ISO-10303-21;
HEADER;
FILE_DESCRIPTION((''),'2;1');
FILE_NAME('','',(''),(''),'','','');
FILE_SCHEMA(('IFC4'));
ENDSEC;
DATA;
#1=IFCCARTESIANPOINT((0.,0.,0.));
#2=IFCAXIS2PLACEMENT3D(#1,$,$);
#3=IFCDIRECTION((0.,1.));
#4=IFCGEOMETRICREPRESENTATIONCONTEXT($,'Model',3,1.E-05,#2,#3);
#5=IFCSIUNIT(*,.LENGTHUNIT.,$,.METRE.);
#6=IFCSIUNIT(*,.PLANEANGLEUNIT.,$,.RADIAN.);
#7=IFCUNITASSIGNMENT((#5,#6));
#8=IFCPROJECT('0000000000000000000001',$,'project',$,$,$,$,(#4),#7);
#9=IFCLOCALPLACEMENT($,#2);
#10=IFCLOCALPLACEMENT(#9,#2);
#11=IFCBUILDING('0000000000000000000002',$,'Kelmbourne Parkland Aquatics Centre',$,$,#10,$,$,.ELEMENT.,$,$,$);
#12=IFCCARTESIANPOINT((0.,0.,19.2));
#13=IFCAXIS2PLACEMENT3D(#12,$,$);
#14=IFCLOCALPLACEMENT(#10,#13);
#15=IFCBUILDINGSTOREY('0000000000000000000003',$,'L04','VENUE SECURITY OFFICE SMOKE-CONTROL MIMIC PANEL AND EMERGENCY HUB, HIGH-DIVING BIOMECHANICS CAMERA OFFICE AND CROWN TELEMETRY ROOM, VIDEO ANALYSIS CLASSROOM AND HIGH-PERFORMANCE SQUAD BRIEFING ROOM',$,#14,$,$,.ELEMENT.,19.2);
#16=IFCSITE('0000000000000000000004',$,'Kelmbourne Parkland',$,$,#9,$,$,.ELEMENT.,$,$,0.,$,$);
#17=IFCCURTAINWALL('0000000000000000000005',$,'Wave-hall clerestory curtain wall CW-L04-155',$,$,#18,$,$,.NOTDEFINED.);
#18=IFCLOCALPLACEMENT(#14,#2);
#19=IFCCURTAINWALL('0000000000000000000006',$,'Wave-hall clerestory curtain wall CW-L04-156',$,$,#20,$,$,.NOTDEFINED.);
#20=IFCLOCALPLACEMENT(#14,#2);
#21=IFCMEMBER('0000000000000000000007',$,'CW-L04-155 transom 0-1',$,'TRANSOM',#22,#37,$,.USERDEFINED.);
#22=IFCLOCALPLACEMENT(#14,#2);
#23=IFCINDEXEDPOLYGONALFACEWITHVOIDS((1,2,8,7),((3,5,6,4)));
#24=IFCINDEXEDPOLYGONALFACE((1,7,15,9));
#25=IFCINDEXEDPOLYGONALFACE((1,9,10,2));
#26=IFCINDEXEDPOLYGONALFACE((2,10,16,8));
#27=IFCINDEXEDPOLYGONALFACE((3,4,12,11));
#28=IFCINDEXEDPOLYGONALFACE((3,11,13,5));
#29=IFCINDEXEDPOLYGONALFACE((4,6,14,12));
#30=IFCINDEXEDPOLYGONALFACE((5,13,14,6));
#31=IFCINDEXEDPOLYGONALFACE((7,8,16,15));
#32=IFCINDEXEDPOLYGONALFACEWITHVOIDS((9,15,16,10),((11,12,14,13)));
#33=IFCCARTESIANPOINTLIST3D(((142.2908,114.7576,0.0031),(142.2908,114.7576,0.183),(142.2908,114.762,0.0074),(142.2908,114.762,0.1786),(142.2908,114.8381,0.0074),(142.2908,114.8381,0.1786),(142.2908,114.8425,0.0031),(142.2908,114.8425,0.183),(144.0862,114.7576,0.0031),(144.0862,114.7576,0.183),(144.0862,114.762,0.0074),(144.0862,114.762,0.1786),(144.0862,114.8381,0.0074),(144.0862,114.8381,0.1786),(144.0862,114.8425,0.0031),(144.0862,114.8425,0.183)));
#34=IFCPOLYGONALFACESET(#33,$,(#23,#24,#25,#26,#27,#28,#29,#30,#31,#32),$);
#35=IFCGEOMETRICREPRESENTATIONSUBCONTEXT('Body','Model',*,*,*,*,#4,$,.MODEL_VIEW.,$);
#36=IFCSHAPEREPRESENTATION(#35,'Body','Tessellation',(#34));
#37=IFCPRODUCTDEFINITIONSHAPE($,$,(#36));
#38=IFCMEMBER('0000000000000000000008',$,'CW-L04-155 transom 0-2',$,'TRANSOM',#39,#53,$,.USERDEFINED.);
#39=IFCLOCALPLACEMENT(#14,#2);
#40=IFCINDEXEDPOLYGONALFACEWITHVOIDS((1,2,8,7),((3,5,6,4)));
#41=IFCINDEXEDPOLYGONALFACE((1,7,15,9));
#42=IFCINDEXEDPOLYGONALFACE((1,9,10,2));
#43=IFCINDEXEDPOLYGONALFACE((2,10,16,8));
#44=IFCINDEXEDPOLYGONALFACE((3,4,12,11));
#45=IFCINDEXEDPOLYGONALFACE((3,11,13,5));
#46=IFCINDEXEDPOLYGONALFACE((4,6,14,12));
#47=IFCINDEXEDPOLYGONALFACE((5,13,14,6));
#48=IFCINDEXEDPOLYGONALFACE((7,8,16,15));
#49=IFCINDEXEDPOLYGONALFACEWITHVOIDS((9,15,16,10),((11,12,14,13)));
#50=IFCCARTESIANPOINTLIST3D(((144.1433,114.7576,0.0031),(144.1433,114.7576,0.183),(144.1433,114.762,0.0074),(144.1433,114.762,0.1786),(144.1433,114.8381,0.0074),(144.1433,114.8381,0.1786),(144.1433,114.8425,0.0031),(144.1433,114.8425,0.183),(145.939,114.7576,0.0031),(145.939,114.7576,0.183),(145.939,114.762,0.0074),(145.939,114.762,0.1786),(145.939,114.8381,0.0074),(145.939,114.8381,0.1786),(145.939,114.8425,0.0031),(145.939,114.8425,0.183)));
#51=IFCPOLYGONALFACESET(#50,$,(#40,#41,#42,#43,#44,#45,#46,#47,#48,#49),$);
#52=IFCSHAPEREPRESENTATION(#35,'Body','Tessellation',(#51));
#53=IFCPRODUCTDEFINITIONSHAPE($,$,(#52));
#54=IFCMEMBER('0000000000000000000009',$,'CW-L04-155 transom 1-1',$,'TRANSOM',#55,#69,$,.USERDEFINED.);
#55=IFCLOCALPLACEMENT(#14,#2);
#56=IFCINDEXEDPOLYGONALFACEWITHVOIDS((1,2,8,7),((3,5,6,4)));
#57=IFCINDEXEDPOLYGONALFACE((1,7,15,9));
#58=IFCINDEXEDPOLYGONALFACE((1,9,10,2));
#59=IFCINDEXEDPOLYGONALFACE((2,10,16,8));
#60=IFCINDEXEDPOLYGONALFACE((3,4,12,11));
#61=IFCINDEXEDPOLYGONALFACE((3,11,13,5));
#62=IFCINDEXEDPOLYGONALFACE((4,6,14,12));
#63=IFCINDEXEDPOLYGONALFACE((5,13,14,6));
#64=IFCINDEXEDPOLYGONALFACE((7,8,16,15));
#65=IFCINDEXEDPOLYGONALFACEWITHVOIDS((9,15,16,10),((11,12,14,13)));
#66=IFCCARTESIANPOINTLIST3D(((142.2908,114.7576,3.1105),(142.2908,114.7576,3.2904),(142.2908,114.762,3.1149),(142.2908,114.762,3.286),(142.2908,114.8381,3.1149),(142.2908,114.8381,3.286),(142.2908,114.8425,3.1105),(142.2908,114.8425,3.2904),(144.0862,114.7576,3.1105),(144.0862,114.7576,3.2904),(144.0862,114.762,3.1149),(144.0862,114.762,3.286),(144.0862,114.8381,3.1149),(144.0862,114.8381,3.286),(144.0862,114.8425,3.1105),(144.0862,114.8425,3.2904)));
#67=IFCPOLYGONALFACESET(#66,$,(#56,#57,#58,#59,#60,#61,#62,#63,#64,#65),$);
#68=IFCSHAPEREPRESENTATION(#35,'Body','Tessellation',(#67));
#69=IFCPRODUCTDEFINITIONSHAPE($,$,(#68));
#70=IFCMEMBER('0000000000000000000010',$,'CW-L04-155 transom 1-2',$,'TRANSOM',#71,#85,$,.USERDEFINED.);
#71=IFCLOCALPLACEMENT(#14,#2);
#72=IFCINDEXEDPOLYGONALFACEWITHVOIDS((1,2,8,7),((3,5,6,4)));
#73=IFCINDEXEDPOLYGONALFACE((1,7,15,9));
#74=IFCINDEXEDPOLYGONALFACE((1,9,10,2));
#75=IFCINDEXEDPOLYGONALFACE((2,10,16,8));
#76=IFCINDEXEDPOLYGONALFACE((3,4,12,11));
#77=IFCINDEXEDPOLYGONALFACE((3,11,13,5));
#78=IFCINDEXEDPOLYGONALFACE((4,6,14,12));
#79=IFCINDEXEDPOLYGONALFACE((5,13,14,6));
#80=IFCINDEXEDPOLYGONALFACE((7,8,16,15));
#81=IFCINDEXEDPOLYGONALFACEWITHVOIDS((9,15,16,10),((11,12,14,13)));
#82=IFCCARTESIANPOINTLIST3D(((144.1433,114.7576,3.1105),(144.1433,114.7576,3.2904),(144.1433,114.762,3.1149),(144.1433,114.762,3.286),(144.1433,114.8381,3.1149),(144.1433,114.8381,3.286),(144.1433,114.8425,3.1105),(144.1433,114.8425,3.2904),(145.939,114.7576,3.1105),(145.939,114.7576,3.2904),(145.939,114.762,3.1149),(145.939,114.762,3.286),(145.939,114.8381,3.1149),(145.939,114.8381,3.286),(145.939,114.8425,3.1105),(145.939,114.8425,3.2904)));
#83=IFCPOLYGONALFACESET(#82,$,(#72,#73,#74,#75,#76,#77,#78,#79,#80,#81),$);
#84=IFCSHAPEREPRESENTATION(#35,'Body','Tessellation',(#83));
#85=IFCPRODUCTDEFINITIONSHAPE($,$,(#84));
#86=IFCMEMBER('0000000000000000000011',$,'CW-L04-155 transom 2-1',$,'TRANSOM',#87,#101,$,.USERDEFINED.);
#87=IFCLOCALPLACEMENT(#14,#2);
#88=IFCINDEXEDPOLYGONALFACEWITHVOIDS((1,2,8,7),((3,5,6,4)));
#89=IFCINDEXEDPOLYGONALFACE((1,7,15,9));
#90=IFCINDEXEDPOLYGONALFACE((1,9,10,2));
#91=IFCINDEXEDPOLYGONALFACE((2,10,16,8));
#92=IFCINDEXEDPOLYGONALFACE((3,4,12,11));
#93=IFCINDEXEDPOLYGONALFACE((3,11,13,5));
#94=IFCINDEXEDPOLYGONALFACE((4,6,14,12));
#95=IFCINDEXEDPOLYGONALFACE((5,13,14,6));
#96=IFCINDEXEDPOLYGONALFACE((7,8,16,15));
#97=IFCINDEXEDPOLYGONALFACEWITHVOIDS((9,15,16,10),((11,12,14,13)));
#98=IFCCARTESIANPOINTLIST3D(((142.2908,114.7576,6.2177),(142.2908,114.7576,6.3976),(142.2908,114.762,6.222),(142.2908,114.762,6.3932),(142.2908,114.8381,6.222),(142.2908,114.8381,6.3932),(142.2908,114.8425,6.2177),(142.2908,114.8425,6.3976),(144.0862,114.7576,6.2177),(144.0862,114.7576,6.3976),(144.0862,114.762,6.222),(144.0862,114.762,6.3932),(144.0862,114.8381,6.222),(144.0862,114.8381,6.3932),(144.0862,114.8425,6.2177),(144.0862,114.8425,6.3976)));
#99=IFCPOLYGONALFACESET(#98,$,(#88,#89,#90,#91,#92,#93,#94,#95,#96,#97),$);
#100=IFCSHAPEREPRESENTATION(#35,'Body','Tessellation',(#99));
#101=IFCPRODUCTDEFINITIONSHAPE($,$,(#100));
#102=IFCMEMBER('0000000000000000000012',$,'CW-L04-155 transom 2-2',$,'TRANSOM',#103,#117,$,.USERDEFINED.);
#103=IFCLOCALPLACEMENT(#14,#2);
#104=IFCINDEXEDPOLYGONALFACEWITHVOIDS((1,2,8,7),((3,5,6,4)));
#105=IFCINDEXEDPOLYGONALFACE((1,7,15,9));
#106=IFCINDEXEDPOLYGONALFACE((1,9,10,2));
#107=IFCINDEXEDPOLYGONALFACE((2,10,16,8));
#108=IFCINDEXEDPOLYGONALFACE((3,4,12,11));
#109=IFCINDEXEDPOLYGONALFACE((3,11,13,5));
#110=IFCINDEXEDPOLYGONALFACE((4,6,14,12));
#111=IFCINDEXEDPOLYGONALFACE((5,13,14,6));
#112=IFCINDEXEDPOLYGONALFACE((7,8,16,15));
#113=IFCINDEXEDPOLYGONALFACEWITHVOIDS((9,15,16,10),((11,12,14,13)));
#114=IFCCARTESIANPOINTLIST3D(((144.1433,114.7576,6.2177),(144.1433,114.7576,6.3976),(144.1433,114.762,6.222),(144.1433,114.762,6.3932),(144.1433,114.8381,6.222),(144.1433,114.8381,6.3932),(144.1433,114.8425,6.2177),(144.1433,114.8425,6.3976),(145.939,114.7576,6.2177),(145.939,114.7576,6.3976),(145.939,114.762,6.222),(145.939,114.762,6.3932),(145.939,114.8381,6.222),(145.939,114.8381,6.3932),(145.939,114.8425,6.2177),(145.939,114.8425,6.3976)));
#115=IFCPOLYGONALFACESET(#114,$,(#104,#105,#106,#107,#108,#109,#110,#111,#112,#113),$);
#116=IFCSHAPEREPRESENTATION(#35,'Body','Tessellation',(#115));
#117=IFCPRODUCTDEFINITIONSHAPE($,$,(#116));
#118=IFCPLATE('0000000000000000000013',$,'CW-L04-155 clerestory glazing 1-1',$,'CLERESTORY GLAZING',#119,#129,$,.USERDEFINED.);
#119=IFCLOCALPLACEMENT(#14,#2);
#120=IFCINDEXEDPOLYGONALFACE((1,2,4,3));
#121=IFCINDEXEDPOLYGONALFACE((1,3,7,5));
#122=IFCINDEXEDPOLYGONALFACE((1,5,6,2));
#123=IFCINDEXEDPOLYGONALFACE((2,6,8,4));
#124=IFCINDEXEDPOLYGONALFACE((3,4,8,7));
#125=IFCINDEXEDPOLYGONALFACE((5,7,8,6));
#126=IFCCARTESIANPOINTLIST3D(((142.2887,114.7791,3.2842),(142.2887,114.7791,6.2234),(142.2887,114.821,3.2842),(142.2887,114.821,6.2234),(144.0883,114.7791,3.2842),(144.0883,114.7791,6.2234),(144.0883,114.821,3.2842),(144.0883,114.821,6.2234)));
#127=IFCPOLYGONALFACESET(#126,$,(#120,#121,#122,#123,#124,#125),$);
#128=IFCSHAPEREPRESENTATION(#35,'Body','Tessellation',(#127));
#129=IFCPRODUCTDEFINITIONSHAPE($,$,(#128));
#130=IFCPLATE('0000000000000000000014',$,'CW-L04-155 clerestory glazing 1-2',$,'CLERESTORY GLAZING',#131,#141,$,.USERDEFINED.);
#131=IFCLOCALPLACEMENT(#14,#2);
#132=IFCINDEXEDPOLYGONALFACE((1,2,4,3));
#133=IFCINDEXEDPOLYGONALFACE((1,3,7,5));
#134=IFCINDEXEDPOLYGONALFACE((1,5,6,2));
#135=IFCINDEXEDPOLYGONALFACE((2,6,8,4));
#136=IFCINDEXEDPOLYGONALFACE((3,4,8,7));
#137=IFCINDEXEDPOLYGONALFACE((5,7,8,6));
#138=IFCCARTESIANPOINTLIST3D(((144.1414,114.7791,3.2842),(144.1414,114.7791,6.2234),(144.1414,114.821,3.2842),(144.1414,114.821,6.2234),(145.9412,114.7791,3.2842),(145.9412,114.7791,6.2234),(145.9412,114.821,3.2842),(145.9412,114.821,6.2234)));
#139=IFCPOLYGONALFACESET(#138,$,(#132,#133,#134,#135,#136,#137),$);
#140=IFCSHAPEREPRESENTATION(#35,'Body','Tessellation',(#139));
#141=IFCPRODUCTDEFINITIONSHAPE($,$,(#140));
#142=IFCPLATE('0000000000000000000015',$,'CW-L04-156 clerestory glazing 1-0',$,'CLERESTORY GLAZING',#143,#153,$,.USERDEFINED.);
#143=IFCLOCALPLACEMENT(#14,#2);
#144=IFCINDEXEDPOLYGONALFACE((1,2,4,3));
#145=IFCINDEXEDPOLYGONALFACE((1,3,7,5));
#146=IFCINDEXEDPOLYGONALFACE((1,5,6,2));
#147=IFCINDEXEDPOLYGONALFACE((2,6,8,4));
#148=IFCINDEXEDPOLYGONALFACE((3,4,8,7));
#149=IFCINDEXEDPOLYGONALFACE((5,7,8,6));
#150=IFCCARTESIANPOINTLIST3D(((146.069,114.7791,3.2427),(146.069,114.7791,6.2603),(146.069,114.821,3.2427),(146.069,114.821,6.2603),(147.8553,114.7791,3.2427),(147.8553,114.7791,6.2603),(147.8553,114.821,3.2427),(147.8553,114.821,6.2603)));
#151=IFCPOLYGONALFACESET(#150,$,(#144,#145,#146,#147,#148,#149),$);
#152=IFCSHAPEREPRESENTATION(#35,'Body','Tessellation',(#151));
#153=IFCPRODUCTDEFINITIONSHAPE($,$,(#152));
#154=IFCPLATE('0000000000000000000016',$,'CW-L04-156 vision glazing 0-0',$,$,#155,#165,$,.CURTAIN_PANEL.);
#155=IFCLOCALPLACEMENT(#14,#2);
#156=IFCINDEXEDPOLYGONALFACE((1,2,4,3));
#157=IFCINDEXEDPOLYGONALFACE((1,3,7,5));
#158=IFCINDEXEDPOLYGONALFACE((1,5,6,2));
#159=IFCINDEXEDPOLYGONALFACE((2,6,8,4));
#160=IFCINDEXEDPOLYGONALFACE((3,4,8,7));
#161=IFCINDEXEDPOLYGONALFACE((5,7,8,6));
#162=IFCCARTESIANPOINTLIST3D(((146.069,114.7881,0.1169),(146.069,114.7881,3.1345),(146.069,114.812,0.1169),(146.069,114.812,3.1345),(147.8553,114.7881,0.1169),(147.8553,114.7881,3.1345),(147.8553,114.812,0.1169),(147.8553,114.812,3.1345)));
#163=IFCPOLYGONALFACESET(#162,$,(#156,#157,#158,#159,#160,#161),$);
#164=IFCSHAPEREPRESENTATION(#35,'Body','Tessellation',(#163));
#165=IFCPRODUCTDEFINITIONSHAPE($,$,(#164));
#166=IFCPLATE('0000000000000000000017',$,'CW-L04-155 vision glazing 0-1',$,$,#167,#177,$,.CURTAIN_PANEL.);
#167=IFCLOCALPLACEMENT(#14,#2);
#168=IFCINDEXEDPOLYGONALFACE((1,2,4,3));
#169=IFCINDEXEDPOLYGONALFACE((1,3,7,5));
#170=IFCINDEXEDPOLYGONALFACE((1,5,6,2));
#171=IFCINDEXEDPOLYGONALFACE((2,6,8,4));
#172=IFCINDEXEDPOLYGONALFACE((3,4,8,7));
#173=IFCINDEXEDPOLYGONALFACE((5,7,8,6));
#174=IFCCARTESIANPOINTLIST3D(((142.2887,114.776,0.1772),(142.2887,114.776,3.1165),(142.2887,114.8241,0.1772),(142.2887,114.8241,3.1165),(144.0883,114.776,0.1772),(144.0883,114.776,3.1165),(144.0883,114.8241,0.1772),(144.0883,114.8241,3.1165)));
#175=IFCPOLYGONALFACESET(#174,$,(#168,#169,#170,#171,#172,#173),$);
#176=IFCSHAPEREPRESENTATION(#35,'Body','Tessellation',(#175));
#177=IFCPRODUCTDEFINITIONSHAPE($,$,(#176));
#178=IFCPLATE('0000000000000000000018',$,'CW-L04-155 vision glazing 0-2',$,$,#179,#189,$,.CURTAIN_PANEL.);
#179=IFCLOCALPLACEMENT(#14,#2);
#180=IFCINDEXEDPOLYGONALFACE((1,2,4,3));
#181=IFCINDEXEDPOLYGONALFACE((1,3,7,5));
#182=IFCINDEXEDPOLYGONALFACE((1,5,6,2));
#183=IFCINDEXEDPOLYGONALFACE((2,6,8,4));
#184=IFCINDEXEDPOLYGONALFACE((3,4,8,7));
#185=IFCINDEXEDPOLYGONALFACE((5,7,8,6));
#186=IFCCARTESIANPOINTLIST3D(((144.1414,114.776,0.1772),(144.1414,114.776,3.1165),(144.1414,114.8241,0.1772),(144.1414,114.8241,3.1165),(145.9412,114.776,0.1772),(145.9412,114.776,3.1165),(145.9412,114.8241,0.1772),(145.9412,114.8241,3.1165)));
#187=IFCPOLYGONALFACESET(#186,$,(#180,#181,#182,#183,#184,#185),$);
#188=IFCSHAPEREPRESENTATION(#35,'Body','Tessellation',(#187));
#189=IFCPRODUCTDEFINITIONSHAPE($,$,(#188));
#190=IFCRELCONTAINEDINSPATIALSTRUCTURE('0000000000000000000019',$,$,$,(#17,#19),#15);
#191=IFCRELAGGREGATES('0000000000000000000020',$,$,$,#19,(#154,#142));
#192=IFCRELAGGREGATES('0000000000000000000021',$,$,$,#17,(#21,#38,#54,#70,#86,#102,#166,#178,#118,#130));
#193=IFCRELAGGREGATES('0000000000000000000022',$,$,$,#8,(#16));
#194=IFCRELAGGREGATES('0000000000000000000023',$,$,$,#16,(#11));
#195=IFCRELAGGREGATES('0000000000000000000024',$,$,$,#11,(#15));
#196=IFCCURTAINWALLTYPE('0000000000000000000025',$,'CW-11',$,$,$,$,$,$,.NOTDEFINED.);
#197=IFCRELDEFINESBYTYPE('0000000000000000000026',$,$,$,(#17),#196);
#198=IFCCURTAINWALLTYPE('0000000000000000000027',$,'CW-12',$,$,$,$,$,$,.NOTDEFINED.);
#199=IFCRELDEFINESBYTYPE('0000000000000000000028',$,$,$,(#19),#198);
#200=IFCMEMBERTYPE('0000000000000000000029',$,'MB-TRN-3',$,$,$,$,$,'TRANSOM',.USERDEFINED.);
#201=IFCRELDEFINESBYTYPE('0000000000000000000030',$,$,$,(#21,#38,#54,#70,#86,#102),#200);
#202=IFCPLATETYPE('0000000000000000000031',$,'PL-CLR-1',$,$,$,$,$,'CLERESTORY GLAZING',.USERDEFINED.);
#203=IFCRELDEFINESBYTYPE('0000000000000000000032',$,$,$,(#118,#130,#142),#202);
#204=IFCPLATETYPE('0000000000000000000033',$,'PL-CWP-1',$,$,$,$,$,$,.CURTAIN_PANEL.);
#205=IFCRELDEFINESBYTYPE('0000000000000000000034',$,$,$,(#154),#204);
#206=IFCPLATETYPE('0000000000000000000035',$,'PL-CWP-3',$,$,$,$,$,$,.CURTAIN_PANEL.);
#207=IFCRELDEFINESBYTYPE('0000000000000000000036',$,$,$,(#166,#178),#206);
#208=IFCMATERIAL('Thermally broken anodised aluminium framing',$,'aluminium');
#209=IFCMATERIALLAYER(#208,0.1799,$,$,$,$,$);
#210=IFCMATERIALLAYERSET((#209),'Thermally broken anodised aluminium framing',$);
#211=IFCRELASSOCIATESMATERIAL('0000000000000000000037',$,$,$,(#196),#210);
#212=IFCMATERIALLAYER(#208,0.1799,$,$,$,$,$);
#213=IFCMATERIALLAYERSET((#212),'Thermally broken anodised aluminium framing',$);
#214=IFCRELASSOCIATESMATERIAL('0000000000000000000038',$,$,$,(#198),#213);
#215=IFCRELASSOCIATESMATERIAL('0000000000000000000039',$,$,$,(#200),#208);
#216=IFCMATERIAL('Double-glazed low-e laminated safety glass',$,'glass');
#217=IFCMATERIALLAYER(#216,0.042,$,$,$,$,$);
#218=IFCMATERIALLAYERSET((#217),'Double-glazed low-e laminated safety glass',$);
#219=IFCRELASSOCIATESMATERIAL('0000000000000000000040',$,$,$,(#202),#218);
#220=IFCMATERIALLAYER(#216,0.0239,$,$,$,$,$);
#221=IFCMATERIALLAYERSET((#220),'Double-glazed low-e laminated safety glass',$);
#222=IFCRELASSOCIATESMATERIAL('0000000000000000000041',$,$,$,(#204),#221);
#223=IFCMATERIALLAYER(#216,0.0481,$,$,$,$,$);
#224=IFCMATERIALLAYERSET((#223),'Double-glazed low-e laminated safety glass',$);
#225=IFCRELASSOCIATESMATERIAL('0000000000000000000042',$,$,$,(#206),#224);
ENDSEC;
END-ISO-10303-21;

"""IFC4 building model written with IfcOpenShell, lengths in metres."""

from ifc_helpers import new_model, si_unit, direction, frame, origin, origin_2d, place, context, subcontext, project, spatial, rectangle, hollow_rectangle, extrude, material, layer, layer_set, material_profile, profile_set, type_object, element, aggregate, save


model = new_model("IFC4")

# Units and contexts
model_context = context("Model", 3, precision=1e-05, world=origin(), true_north=direction((0.0, 1.0)))
body_context = subcontext(model_context, "Body", "Model", "MODEL_VIEW")
ifc_project = project(units=[si_unit("LENGTHUNIT", "METRE"), si_unit("PLANEANGLEUNIT", "RADIAN")], contexts=[model_context])

# Site, building, storey
site_placement = place(None, origin())
site = spatial("IfcSite", under=ifc_project, at=site_placement, Name="Kelmbourne Parkland", CompositionType="ELEMENT", RefElevation=0.0)
building_placement = place(site_placement, origin())
building = spatial("IfcBuilding", under=site, at=building_placement, Name="Kelmbourne Parkland Aquatics Centre", CompositionType="ELEMENT")
storey_placement = place(building_placement, frame((0.0, 0.0, 19.2)))
storey = spatial("IfcBuildingStorey", under=building, at=storey_placement, Name="L04", Description="VENUE SECURITY OFFICE SMOKE-CONTROL MIMIC PANEL AND EMERGENCY HUB, HIGH-DIVING BIOMECHANICS CAMERA OFFICE AND CROWN TELEMETRY ROOM, VIDEO ANALYSIS CLASSROOM AND HIGH-PERFORMANCE SQUAD BRIEFING ROOM", CompositionType="ELEMENT", Elevation=19.2)

# Curtain walls
ifc_material_1 = material(Name="Thermally broken anodised aluminium framing", Category="aluminium")
ifc_layer_1 = layer(ifc_material_1, 0.1799)
ifc_layer_set_1 = layer_set([ifc_layer_1], Name="Thermally broken anodised aluminium framing")
curtain_wall_type_1 = type_object("IfcCurtainWallType", Name="CW-11", PredefinedType="NOTDEFINED", material=ifc_layer_set_1)
curtain_wall_1_placement = place(storey_placement, origin())
curtain_wall_1 = element("IfcCurtainWall", 1, at=curtain_wall_1_placement, inside=storey, type_object=curtain_wall_type_1, Name="Wave-hall clerestory curtain wall CW-L04-155", PredefinedType="NOTDEFINED")
ifc_layer_2 = layer(ifc_material_1, 0.1799)
ifc_layer_set_2 = layer_set([ifc_layer_2], Name="Thermally broken anodised aluminium framing")
curtain_wall_type_2 = type_object("IfcCurtainWallType", Name="CW-12", PredefinedType="NOTDEFINED", material=ifc_layer_set_2)
curtain_wall_2_placement = place(storey_placement, origin())
curtain_wall_2 = element("IfcCurtainWall", 2, at=curtain_wall_2_placement, inside=storey, type_object=curtain_wall_type_2, Name="Wave-hall clerestory curtain wall CW-L04-156", PredefinedType="NOTDEFINED")

# Members
ifc_material_profile_1 = material_profile(ifc_material_1, hollow_rectangle(XDim=0.085, YDim=0.1799, WallThickness=0.0044, at=origin_2d()), Name="CW-T 85x180")
ifc_profile_set_1 = profile_set([ifc_material_profile_1], Name="Thermally broken anodised aluminium framing")
member_type_1 = type_object("IfcMemberType", Name="MB-TRN-3", ElementType="TRANSOM", PredefinedType="USERDEFINED", material=ifc_profile_set_1)
member_1_placement = place(storey_placement, frame((142.2908, 114.8, 0.093), z_axis=(1.0, 0.0, 0.0), x_axis=(0.0, 1.0, 0.0)))
member_1 = element("IfcMember", 3, at=member_1_placement, type_object=member_type_1, Name="CW-L04-155 transom 0-1", ObjectType="TRANSOM", PredefinedType="USERDEFINED", context=body_context, shape_type="SweptSolid", body=[
    extrude(hollow_rectangle(XDim=0.085, YDim=0.1799, WallThickness=0.0044, at=origin_2d()), origin(), (0.0, 0.0, 1.0), 1.7954),
])
member_2_placement = place(storey_placement, frame((144.1433, 114.8, 0.093), z_axis=(1.0, 0.0, 0.0), x_axis=(0.0, 1.0, 0.0)))
member_2 = element("IfcMember", 4, at=member_2_placement, type_object=member_type_1, Name="CW-L04-155 transom 0-2", ObjectType="TRANSOM", PredefinedType="USERDEFINED", context=body_context, shape_type="SweptSolid", body=[
    extrude(hollow_rectangle(XDim=0.085, YDim=0.1799, WallThickness=0.0044, at=origin_2d()), origin(), (0.0, 0.0, 1.0), 1.7957),
])
member_3_placement = place(storey_placement, frame((142.2908, 114.8, 3.2004), z_axis=(1.0, 0.0, 0.0), x_axis=(0.0, 1.0, 0.0)))
member_3 = element("IfcMember", 5, at=member_3_placement, type_object=member_type_1, Name="CW-L04-155 transom 1-1", ObjectType="TRANSOM", PredefinedType="USERDEFINED", context=body_context, shape_type="SweptSolid", body=[
    extrude(hollow_rectangle(XDim=0.085, YDim=0.1799, WallThickness=0.0044, at=origin_2d()), origin(), (0.0, 0.0, 1.0), 1.7954),
])
member_4_placement = place(storey_placement, frame((144.1433, 114.8, 3.2004), z_axis=(1.0, 0.0, 0.0), x_axis=(0.0, 1.0, 0.0)))
member_4 = element("IfcMember", 6, at=member_4_placement, type_object=member_type_1, Name="CW-L04-155 transom 1-2", ObjectType="TRANSOM", PredefinedType="USERDEFINED", context=body_context, shape_type="SweptSolid", body=[
    extrude(hollow_rectangle(XDim=0.085, YDim=0.1799, WallThickness=0.0044, at=origin_2d()), origin(), (0.0, 0.0, 1.0), 1.7957),
])
member_5_placement = place(storey_placement, frame((142.2908, 114.8, 6.3076), z_axis=(1.0, 0.0, 0.0), x_axis=(0.0, 1.0, 0.0)))
member_5 = element("IfcMember", 7, at=member_5_placement, type_object=member_type_1, Name="CW-L04-155 transom 2-1", ObjectType="TRANSOM", PredefinedType="USERDEFINED", context=body_context, shape_type="SweptSolid", body=[
    extrude(hollow_rectangle(XDim=0.085, YDim=0.1799, WallThickness=0.0044, at=origin_2d()), origin(), (0.0, 0.0, 1.0), 1.7954),
])
member_6_placement = place(storey_placement, frame((144.1433, 114.8, 6.3076), z_axis=(1.0, 0.0, 0.0), x_axis=(0.0, 1.0, 0.0)))
member_6 = element("IfcMember", 8, at=member_6_placement, type_object=member_type_1, Name="CW-L04-155 transom 2-2", ObjectType="TRANSOM", PredefinedType="USERDEFINED", context=body_context, shape_type="SweptSolid", body=[
    extrude(hollow_rectangle(XDim=0.085, YDim=0.1799, WallThickness=0.0044, at=origin_2d()), origin(), (0.0, 0.0, 1.0), 1.7957),
])

# Plates
ifc_material_2 = material(Name="Double-glazed low-e laminated safety glass", Category="glass")
ifc_layer_3 = layer(ifc_material_2, 0.042)
ifc_layer_set_3 = layer_set([ifc_layer_3], Name="Double-glazed low-e laminated safety glass")
plate_type_1 = type_object("IfcPlateType", Name="PL-CLR-1", ElementType="CLERESTORY GLAZING", PredefinedType="USERDEFINED", material=ifc_layer_set_3)
plate_1_placement = place(storey_placement, frame((143.1885, 114.8, 3.2842), z_axis=(0.0, 0.0, 1.0), x_axis=(1.0, 0.0, 0.0)))
plate_1 = element("IfcPlate", 9, at=plate_1_placement, type_object=plate_type_1, Name="CW-L04-155 clerestory glazing 1-1", ObjectType="CLERESTORY GLAZING", PredefinedType="USERDEFINED", context=body_context, shape_type="SweptSolid", body=[
    extrude(rectangle(XDim=1.7996, YDim=0.042, at=origin_2d()), origin(), (0.0, 0.0, 1.0), 2.9392),
])
plate_2_placement = place(storey_placement, frame((145.0413, 114.8, 3.2842), z_axis=(0.0, 0.0, 1.0), x_axis=(1.0, 0.0, 0.0)))
plate_2 = element("IfcPlate", 10, at=plate_2_placement, type_object=plate_type_1, Name="CW-L04-155 clerestory glazing 1-2", ObjectType="CLERESTORY GLAZING", PredefinedType="USERDEFINED", context=body_context, shape_type="SweptSolid", body=[
    extrude(rectangle(XDim=1.7998, YDim=0.042, at=origin_2d()), origin(), (0.0, 0.0, 1.0), 2.9392),
])
plate_3_placement = place(storey_placement, frame((146.9622, 114.8, 3.2427), z_axis=(0.0, 0.0, 1.0), x_axis=(1.0, 0.0, 0.0)))
plate_3 = element("IfcPlate", 11, at=plate_3_placement, type_object=plate_type_1, Name="CW-L04-156 clerestory glazing 1-0", ObjectType="CLERESTORY GLAZING", PredefinedType="USERDEFINED", context=body_context, shape_type="SweptSolid", body=[
    extrude(rectangle(XDim=1.7864, YDim=0.042, at=origin_2d()), origin(), (0.0, 0.0, 1.0), 3.0176),
])
ifc_layer_4 = layer(ifc_material_2, 0.0239)
ifc_layer_set_4 = layer_set([ifc_layer_4], Name="Double-glazed low-e laminated safety glass")
plate_type_2 = type_object("IfcPlateType", Name="PL-CWP-1", PredefinedType="CURTAIN_PANEL", material=ifc_layer_set_4)
plate_4_placement = place(storey_placement, frame((146.9622, 114.8, 0.1169), z_axis=(0.0, 0.0, 1.0), x_axis=(1.0, 0.0, 0.0)))
plate_4 = element("IfcPlate", 12, at=plate_4_placement, type_object=plate_type_2, Name="CW-L04-156 vision glazing 0-0", PredefinedType="CURTAIN_PANEL", context=body_context, shape_type="SweptSolid", body=[
    extrude(rectangle(XDim=1.7864, YDim=0.0239, at=origin_2d()), origin(), (0.0, 0.0, 1.0), 3.0176),
])
aggregate(curtain_wall_2, [plate_4, plate_3])
ifc_layer_5 = layer(ifc_material_2, 0.0481)
ifc_layer_set_5 = layer_set([ifc_layer_5], Name="Double-glazed low-e laminated safety glass")
plate_type_3 = type_object("IfcPlateType", Name="PL-CWP-3", PredefinedType="CURTAIN_PANEL", material=ifc_layer_set_5)
plate_5_placement = place(storey_placement, frame((143.1885, 114.8, 0.1772), z_axis=(0.0, 0.0, 1.0), x_axis=(1.0, 0.0, 0.0)))
plate_5 = element("IfcPlate", 13, at=plate_5_placement, type_object=plate_type_3, Name="CW-L04-155 vision glazing 0-1", PredefinedType="CURTAIN_PANEL", context=body_context, shape_type="SweptSolid", body=[
    extrude(rectangle(XDim=1.7996, YDim=0.0481, at=origin_2d()), origin(), (0.0, 0.0, 1.0), 2.9392),
])
plate_6_placement = place(storey_placement, frame((145.0413, 114.8, 0.1772), z_axis=(0.0, 0.0, 1.0), x_axis=(1.0, 0.0, 0.0)))
plate_6 = element("IfcPlate", 14, at=plate_6_placement, type_object=plate_type_3, Name="CW-L04-155 vision glazing 0-2", PredefinedType="CURTAIN_PANEL", context=body_context, shape_type="SweptSolid", body=[
    extrude(rectangle(XDim=1.7998, YDim=0.0481, at=origin_2d()), origin(), (0.0, 0.0, 1.0), 2.9392),
])
aggregate(curtain_wall_1, [member_1, member_2, member_3, member_4, member_5, member_6, plate_5, plate_6, plate_1, plate_2])

save(model, "model.ifc")
